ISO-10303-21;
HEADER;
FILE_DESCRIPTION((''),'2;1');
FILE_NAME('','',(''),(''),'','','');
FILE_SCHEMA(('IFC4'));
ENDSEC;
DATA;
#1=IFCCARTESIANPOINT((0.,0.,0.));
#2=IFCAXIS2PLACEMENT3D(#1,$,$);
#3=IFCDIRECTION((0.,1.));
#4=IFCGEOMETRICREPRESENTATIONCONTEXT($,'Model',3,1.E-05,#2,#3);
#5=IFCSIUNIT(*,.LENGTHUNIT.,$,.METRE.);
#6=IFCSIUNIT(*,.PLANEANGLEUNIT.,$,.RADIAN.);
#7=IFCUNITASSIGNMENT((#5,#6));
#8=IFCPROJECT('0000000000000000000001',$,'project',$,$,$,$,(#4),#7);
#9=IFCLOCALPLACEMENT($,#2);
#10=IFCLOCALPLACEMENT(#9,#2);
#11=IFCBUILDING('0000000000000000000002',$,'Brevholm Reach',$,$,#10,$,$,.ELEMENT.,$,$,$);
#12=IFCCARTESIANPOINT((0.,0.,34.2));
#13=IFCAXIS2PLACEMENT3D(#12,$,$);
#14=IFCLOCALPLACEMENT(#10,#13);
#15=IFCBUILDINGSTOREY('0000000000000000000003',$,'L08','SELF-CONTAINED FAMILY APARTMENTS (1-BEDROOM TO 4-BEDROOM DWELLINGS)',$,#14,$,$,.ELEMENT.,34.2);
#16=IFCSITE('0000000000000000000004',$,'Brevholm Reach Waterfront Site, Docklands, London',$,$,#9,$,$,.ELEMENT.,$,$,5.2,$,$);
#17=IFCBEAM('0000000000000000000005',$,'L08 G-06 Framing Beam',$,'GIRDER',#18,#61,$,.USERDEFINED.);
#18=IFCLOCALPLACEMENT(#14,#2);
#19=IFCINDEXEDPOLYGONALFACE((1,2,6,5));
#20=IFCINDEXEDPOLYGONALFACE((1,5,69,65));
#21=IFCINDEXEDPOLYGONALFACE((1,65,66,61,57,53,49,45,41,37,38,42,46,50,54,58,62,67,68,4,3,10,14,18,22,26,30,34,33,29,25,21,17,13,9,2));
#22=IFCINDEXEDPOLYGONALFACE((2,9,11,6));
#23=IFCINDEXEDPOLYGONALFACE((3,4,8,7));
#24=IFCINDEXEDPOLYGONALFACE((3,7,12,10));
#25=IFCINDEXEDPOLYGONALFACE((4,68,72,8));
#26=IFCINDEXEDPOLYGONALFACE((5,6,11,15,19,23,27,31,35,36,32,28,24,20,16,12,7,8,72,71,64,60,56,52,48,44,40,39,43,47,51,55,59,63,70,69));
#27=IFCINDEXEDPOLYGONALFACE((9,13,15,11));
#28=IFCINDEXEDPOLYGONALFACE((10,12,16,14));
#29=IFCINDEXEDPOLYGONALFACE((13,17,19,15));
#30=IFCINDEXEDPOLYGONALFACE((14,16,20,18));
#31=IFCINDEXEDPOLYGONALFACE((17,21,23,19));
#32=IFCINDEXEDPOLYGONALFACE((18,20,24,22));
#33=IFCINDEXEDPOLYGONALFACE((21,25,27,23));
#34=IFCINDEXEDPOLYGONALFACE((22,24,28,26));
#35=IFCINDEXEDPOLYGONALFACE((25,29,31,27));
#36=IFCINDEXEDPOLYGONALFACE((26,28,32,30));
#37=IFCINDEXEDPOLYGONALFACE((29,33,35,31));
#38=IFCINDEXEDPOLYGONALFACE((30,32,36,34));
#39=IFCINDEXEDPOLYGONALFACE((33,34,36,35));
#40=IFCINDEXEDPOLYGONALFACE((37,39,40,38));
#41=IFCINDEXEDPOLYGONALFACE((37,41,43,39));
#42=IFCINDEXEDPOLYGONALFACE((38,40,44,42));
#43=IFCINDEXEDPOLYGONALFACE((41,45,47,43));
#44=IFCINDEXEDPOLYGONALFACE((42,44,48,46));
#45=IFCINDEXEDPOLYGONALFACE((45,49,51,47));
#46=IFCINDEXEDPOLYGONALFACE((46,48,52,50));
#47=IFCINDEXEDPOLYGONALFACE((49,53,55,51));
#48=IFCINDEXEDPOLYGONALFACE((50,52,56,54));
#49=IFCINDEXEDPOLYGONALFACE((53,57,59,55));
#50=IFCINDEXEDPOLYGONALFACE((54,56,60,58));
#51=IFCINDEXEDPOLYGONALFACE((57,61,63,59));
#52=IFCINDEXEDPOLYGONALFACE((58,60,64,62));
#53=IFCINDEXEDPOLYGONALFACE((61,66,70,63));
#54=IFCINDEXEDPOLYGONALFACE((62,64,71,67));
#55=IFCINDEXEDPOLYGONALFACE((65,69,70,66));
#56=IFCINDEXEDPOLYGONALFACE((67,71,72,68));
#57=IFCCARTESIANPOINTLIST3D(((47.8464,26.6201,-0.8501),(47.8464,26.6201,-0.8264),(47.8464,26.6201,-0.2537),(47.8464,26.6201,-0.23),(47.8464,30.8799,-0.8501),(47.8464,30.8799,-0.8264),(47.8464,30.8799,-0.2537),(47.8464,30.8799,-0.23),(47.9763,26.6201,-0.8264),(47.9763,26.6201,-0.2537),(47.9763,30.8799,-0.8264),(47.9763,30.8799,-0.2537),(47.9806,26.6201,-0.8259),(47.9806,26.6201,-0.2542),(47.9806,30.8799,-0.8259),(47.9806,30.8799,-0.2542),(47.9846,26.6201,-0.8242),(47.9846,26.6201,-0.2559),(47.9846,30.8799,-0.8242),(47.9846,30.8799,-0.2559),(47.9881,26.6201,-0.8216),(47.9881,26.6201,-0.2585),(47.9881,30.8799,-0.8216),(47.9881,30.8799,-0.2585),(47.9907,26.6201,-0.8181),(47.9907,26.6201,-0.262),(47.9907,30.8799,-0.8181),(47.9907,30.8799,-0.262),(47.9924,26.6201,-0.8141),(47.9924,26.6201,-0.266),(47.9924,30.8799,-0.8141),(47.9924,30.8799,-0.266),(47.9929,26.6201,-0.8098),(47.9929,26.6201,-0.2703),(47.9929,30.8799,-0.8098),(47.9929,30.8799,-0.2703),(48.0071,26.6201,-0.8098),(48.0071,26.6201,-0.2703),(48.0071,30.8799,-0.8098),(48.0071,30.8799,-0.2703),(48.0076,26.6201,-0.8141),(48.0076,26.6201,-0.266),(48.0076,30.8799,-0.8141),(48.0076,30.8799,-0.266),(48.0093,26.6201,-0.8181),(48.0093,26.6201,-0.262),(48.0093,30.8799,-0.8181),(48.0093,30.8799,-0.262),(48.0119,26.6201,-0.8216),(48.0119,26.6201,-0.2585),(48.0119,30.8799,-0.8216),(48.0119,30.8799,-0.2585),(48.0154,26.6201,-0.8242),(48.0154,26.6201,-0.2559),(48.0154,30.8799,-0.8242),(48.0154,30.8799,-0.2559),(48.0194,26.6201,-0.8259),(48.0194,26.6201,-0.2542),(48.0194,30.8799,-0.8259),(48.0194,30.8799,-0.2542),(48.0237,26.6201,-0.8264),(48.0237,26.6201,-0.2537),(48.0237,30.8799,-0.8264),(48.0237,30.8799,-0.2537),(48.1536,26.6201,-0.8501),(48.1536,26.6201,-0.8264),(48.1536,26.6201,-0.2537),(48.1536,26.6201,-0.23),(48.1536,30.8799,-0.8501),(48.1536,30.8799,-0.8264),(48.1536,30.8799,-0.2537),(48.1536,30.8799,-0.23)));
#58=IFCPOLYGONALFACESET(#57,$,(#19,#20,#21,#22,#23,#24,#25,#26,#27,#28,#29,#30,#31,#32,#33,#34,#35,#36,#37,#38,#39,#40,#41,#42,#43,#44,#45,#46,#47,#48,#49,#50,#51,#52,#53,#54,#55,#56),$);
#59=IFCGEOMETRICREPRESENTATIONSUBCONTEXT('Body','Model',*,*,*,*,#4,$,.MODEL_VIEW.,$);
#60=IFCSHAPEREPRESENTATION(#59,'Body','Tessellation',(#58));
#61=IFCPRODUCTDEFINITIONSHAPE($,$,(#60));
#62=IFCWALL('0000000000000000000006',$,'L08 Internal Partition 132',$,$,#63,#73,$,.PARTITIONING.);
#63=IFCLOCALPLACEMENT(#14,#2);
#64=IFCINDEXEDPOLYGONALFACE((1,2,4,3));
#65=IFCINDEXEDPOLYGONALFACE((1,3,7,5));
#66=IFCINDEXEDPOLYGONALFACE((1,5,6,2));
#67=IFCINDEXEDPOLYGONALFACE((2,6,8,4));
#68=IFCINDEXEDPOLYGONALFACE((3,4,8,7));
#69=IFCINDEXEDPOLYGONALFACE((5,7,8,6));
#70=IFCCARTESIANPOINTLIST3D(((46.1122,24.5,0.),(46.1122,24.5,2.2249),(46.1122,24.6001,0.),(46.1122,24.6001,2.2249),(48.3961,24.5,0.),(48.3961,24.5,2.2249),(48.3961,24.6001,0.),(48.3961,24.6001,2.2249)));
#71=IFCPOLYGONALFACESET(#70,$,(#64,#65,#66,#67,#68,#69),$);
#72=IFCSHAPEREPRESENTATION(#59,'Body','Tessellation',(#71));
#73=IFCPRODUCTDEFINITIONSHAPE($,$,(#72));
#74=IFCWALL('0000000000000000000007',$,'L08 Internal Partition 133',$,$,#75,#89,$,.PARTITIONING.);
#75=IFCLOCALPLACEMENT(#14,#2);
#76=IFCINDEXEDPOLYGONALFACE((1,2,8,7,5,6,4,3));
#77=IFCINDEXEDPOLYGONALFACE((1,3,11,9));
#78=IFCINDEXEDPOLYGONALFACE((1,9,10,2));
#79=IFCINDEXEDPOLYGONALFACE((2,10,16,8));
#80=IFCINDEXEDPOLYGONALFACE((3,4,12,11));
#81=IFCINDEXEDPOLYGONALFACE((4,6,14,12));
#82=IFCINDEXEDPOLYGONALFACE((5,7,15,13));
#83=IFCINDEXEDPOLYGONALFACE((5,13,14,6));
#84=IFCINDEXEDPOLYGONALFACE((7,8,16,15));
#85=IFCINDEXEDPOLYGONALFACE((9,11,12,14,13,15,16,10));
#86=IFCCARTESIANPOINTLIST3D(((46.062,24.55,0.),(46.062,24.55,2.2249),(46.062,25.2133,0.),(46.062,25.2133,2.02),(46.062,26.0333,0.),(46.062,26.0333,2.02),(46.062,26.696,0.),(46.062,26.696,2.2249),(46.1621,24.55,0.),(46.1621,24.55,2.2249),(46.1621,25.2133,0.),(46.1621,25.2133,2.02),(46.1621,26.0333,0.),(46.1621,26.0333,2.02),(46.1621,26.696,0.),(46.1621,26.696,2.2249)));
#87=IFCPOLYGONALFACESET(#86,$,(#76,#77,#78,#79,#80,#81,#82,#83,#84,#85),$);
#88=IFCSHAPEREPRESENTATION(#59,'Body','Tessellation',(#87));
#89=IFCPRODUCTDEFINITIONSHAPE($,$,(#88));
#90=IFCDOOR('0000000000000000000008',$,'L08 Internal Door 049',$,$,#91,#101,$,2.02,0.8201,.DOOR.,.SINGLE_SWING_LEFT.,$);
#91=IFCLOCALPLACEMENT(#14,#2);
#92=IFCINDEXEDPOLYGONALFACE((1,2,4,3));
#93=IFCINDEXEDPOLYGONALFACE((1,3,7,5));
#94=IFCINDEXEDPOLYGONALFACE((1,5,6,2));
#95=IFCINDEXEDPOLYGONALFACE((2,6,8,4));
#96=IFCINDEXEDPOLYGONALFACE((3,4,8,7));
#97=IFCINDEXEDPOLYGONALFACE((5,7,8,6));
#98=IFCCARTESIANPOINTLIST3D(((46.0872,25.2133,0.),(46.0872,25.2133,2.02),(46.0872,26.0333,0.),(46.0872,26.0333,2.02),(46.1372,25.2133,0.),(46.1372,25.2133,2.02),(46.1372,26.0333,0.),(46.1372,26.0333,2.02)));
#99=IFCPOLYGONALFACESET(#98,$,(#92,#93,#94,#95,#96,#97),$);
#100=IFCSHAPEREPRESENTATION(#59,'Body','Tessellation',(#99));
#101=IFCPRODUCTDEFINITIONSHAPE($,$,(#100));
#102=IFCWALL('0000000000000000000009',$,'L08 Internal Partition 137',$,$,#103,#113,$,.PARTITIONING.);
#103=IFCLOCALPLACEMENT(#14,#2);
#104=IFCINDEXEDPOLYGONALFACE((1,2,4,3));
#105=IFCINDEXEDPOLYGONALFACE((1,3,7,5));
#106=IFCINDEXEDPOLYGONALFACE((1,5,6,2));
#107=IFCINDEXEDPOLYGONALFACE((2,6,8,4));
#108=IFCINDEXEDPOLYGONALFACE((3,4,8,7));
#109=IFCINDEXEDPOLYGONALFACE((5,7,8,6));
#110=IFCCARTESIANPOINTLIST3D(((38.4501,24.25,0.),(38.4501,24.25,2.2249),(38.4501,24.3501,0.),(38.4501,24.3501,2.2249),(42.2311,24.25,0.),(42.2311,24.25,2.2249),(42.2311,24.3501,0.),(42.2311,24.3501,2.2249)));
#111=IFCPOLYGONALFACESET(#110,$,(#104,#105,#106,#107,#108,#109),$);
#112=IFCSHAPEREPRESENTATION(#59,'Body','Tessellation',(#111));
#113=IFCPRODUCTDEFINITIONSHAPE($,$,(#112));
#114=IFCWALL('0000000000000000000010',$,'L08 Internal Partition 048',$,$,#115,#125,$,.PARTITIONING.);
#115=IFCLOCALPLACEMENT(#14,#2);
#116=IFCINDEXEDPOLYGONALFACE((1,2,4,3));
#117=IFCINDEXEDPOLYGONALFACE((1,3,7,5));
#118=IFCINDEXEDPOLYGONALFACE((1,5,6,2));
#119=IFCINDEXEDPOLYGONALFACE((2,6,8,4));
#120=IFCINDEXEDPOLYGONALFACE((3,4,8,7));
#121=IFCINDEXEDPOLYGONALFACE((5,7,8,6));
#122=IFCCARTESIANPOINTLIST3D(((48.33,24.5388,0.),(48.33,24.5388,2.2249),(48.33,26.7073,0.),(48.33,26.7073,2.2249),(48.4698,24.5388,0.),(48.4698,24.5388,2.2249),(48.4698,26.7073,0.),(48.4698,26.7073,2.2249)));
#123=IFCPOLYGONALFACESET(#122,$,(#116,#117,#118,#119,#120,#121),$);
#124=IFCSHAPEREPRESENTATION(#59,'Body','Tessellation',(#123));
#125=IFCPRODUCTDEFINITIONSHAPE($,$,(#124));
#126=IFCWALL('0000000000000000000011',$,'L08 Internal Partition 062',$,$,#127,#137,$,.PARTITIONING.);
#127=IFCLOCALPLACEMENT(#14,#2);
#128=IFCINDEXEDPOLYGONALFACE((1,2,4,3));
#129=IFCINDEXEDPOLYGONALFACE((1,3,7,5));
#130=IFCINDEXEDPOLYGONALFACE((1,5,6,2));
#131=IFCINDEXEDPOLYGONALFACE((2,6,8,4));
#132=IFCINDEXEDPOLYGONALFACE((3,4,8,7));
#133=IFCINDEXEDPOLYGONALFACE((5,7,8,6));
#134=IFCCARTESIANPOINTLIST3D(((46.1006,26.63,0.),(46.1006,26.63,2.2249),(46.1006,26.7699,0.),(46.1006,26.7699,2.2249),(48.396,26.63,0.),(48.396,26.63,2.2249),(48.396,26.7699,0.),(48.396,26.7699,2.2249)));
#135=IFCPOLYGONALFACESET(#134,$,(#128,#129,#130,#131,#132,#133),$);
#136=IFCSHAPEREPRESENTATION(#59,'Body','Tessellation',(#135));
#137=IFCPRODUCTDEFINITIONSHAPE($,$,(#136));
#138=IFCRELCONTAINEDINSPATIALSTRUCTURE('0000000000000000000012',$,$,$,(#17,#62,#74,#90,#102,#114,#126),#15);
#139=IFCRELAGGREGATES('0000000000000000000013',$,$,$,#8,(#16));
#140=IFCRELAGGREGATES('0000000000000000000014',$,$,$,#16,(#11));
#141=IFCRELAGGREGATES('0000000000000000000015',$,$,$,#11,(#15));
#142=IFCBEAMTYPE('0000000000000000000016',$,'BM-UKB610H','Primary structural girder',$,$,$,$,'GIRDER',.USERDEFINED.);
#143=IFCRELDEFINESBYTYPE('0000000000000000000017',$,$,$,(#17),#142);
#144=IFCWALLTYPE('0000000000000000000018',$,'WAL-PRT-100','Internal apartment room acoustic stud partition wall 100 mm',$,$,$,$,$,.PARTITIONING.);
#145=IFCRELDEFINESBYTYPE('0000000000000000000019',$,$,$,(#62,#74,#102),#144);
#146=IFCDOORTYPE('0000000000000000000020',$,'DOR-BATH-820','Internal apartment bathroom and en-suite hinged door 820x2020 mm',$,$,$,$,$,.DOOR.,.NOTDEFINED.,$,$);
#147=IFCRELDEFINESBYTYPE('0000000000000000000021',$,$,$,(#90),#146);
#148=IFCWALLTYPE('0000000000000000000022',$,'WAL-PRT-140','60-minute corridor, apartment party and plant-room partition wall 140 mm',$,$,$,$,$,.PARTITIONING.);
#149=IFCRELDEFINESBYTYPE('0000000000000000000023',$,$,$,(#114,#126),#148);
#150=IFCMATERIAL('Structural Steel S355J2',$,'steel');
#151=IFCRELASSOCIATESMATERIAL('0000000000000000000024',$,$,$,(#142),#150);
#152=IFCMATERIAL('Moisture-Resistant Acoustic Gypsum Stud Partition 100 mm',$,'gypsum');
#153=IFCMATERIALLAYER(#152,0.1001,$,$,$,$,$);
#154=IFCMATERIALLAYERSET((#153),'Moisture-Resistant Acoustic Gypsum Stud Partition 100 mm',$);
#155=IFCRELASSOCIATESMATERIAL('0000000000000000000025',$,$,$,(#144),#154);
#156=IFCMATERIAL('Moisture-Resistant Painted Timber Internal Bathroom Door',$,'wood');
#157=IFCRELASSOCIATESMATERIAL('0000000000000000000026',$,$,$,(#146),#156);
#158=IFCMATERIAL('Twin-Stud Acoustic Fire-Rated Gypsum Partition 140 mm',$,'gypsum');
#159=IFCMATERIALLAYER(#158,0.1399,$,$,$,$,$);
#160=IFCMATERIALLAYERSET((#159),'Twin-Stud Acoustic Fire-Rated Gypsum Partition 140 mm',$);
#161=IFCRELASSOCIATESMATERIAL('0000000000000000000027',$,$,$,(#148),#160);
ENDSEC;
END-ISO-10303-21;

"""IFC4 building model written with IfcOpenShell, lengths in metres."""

from ifc_helpers import new_model, si_unit, direction, frame, frame_2d, origin, origin_2d, place, context, subcontext, project, spatial, rectangle, i_section, extrude, material, layer, layer_set, material_profile, profile_set, type_object, element, fill, save


model = new_model("IFC4")

# Units and contexts
model_context = context("Model", 3, precision=1e-05, world=origin(), true_north=direction((0.0, 1.0)))
body_context = subcontext(model_context, "Body", "Model", "MODEL_VIEW")
ifc_project = project(units=[si_unit("LENGTHUNIT", "METRE"), si_unit("PLANEANGLEUNIT", "RADIAN")], contexts=[model_context])

# Site, building, storey
site_placement = place(None, origin())
site = spatial("IfcSite", under=ifc_project, at=site_placement, Name="Brevholm Reach Waterfront Site, Docklands, London", CompositionType="ELEMENT", RefElevation=5.2)
building_placement = place(site_placement, origin())
building = spatial("IfcBuilding", under=site, at=building_placement, Name="Brevholm Reach", CompositionType="ELEMENT")
storey_placement = place(building_placement, frame((0.0, 0.0, 34.2)))
storey = spatial("IfcBuildingStorey", under=building, at=storey_placement, Name="L08", Description="SELF-CONTAINED FAMILY APARTMENTS (1-BEDROOM TO 4-BEDROOM DWELLINGS)", CompositionType="ELEMENT", Elevation=34.2)

# Beam
ifc_material_1 = material(Name="Structural Steel S355J2", Category="steel")
ifc_material_profile_1 = material_profile(ifc_material_1, i_section(OverallWidth=0.3071, OverallDepth=0.6201, WebThickness=0.0142, FlangeThickness=0.0237, FilletRadius=0.0166, at=origin_2d()), Name="UKB 610x305x179")
ifc_profile_set_1 = profile_set([ifc_material_profile_1], Name="Structural Steel S355J2")
beam_type_1 = type_object("IfcBeamType", Name="BM-UKB610H", Description="Primary structural girder", ElementType="GIRDER", PredefinedType="USERDEFINED", material=ifc_profile_set_1)
beam_1_placement = place(storey_placement, frame((48.0, 26.6201, -0.54), z_axis=(0.0, 1.0, 0.0), x_axis=(-1.0, 0.0, 0.0)))
element("IfcBeam", 1, at=beam_1_placement, inside=storey, type_object=beam_type_1, Name="L08 G-06 Framing Beam", ObjectType="GIRDER", PredefinedType="USERDEFINED", context=body_context, shape_type="SweptSolid", body=[
    extrude(i_section(OverallWidth=0.3071, OverallDepth=0.6201, WebThickness=0.0142, FlangeThickness=0.0237, FilletRadius=0.0166, at=origin_2d()), origin(), (0.0, 0.0, 1.0), 4.2598),
])

# Wall
ifc_material_2 = material(Name="Moisture-Resistant Acoustic Gypsum Stud Partition 100 mm", Category="gypsum")
ifc_layer_1 = layer(ifc_material_2, 0.1001)
ifc_layer_set_1 = layer_set([ifc_layer_1], Name="Moisture-Resistant Acoustic Gypsum Stud Partition 100 mm")
wall_type_1 = type_object("IfcWallType", Name="WAL-PRT-100", Description="Internal apartment room acoustic stud partition wall 100 mm", PredefinedType="PARTITIONING", material=ifc_layer_set_1)
wall_1_placement = place(storey_placement, frame((46.1121, 24.55, 0.0), z_axis=(0.0, 0.0, 1.0), x_axis=(1.0, 0.0, 0.0)))
element("IfcWall", 2, at=wall_1_placement, inside=storey, type_object=wall_type_1, Name="L08 Internal Partition 132", PredefinedType="PARTITIONING", context=body_context, shape_type="SweptSolid", body=[
    extrude(rectangle(XDim=2.2839, YDim=0.1001, at=frame_2d((1.1421, 0.0))), origin(), (0.0, 0.0, 1.0), 2.2249),
])

# Wall, opening, door
wall_2_placement = place(storey_placement, frame((46.1121, 24.55, 0.0), z_axis=(0.0, 0.0, 1.0), x_axis=(0.0, 1.0, 0.0)))
wall_2 = element("IfcWall", 3, at=wall_2_placement, inside=storey, type_object=wall_type_1, Name="L08 Internal Partition 133", PredefinedType="PARTITIONING", context=body_context, shape_type="SweptSolid", body=[
    extrude(rectangle(XDim=2.146, YDim=0.1001, at=frame_2d((1.073, 0.0))), origin(), (0.0, 0.0, 1.0), 2.2249),
])
opening_placement = place(wall_2_placement, frame((0.6631, 0.0, 0.0)))
opening = element("IfcOpeningElement", 4, at=opening_placement, cuts=wall_2, PredefinedType="OPENING", context=body_context, shape_type="SweptSolid", body=[
    extrude(rectangle(XDim=0.8201, YDim=2.02, at=frame_2d((0.4102, 1.01))), frame((0.0, 0.0601, 0.0), z_axis=(0.0, -1.0, 0.0), x_axis=(1.0, 0.0, 0.0)), (0.0, 0.0, 1.0), 0.1201),
])
ifc_material_3 = material(Name="Moisture-Resistant Painted Timber Internal Bathroom Door", Category="wood")
door_type = type_object("IfcDoorType", Name="DOR-BATH-820", Description="Internal apartment bathroom and en-suite hinged door 820x2020 mm", OperationType="NOTDEFINED", PredefinedType="DOOR", material=ifc_material_3)
door_placement = place(opening_placement, origin())
door = element("IfcDoor", 5, at=door_placement, inside=storey, type_object=door_type, Name="L08 Internal Door 049", OperationType="SINGLE_SWING_LEFT", OverallHeight=2.02, OverallWidth=0.8201, PredefinedType="DOOR", context=body_context, shape_type="SweptSolid", body=[
    extrude(rectangle(XDim=0.8201, YDim=2.02, at=frame_2d((0.4102, 1.01))), frame((0.0, 0.0249, 0.0), z_axis=(0.0, -1.0, 0.0), x_axis=(1.0, 0.0, 0.0)), (0.0, 0.0, 1.0), 0.05),
])
fill(opening, door)

# Walls
wall_3_placement = place(storey_placement, frame((38.45, 24.3, 0.0), z_axis=(0.0, 0.0, 1.0), x_axis=(1.0, 0.0, 0.0)))
element("IfcWall", 6, at=wall_3_placement, inside=storey, type_object=wall_type_1, Name="L08 Internal Partition 137", PredefinedType="PARTITIONING", context=body_context, shape_type="SweptSolid", body=[
    extrude(rectangle(XDim=3.781, YDim=0.1001, at=frame_2d((1.8906, 0.0))), origin(), (0.0, 0.0, 1.0), 2.2249),
])
ifc_material_4 = material(Name="Twin-Stud Acoustic Fire-Rated Gypsum Partition 140 mm", Category="gypsum")
ifc_layer_2 = layer(ifc_material_4, 0.1399)
ifc_layer_set_2 = layer_set([ifc_layer_2], Name="Twin-Stud Acoustic Fire-Rated Gypsum Partition 140 mm")
wall_type_2 = type_object("IfcWallType", Name="WAL-PRT-140", Description="60-minute corridor, apartment party and plant-room partition wall 140 mm", PredefinedType="PARTITIONING", material=ifc_layer_set_2)
wall_4_placement = place(storey_placement, frame((48.3999, 24.5388, 0.0), z_axis=(0.0, 0.0, 1.0), x_axis=(0.0, 1.0, 0.0)))
element("IfcWall", 7, at=wall_4_placement, inside=storey, type_object=wall_type_2, Name="L08 Internal Partition 048", PredefinedType="PARTITIONING", context=body_context, shape_type="SweptSolid", body=[
    extrude(rectangle(XDim=2.1685, YDim=0.1399, at=frame_2d((1.0842, 0.0))), origin(), (0.0, 0.0, 1.0), 2.2249),
])
wall_5_placement = place(storey_placement, frame((46.1006, 26.7, 0.0), z_axis=(0.0, 0.0, 1.0), x_axis=(1.0, 0.0, 0.0)))
element("IfcWall", 8, at=wall_5_placement, inside=storey, type_object=wall_type_2, Name="L08 Internal Partition 062", PredefinedType="PARTITIONING", context=body_context, shape_type="SweptSolid", body=[
    extrude(rectangle(XDim=2.2954, YDim=0.1399, at=frame_2d((1.1477, 0.0))), origin(), (0.0, 0.0, 1.0), 2.2249),
])

save(model, "model.ifc")
